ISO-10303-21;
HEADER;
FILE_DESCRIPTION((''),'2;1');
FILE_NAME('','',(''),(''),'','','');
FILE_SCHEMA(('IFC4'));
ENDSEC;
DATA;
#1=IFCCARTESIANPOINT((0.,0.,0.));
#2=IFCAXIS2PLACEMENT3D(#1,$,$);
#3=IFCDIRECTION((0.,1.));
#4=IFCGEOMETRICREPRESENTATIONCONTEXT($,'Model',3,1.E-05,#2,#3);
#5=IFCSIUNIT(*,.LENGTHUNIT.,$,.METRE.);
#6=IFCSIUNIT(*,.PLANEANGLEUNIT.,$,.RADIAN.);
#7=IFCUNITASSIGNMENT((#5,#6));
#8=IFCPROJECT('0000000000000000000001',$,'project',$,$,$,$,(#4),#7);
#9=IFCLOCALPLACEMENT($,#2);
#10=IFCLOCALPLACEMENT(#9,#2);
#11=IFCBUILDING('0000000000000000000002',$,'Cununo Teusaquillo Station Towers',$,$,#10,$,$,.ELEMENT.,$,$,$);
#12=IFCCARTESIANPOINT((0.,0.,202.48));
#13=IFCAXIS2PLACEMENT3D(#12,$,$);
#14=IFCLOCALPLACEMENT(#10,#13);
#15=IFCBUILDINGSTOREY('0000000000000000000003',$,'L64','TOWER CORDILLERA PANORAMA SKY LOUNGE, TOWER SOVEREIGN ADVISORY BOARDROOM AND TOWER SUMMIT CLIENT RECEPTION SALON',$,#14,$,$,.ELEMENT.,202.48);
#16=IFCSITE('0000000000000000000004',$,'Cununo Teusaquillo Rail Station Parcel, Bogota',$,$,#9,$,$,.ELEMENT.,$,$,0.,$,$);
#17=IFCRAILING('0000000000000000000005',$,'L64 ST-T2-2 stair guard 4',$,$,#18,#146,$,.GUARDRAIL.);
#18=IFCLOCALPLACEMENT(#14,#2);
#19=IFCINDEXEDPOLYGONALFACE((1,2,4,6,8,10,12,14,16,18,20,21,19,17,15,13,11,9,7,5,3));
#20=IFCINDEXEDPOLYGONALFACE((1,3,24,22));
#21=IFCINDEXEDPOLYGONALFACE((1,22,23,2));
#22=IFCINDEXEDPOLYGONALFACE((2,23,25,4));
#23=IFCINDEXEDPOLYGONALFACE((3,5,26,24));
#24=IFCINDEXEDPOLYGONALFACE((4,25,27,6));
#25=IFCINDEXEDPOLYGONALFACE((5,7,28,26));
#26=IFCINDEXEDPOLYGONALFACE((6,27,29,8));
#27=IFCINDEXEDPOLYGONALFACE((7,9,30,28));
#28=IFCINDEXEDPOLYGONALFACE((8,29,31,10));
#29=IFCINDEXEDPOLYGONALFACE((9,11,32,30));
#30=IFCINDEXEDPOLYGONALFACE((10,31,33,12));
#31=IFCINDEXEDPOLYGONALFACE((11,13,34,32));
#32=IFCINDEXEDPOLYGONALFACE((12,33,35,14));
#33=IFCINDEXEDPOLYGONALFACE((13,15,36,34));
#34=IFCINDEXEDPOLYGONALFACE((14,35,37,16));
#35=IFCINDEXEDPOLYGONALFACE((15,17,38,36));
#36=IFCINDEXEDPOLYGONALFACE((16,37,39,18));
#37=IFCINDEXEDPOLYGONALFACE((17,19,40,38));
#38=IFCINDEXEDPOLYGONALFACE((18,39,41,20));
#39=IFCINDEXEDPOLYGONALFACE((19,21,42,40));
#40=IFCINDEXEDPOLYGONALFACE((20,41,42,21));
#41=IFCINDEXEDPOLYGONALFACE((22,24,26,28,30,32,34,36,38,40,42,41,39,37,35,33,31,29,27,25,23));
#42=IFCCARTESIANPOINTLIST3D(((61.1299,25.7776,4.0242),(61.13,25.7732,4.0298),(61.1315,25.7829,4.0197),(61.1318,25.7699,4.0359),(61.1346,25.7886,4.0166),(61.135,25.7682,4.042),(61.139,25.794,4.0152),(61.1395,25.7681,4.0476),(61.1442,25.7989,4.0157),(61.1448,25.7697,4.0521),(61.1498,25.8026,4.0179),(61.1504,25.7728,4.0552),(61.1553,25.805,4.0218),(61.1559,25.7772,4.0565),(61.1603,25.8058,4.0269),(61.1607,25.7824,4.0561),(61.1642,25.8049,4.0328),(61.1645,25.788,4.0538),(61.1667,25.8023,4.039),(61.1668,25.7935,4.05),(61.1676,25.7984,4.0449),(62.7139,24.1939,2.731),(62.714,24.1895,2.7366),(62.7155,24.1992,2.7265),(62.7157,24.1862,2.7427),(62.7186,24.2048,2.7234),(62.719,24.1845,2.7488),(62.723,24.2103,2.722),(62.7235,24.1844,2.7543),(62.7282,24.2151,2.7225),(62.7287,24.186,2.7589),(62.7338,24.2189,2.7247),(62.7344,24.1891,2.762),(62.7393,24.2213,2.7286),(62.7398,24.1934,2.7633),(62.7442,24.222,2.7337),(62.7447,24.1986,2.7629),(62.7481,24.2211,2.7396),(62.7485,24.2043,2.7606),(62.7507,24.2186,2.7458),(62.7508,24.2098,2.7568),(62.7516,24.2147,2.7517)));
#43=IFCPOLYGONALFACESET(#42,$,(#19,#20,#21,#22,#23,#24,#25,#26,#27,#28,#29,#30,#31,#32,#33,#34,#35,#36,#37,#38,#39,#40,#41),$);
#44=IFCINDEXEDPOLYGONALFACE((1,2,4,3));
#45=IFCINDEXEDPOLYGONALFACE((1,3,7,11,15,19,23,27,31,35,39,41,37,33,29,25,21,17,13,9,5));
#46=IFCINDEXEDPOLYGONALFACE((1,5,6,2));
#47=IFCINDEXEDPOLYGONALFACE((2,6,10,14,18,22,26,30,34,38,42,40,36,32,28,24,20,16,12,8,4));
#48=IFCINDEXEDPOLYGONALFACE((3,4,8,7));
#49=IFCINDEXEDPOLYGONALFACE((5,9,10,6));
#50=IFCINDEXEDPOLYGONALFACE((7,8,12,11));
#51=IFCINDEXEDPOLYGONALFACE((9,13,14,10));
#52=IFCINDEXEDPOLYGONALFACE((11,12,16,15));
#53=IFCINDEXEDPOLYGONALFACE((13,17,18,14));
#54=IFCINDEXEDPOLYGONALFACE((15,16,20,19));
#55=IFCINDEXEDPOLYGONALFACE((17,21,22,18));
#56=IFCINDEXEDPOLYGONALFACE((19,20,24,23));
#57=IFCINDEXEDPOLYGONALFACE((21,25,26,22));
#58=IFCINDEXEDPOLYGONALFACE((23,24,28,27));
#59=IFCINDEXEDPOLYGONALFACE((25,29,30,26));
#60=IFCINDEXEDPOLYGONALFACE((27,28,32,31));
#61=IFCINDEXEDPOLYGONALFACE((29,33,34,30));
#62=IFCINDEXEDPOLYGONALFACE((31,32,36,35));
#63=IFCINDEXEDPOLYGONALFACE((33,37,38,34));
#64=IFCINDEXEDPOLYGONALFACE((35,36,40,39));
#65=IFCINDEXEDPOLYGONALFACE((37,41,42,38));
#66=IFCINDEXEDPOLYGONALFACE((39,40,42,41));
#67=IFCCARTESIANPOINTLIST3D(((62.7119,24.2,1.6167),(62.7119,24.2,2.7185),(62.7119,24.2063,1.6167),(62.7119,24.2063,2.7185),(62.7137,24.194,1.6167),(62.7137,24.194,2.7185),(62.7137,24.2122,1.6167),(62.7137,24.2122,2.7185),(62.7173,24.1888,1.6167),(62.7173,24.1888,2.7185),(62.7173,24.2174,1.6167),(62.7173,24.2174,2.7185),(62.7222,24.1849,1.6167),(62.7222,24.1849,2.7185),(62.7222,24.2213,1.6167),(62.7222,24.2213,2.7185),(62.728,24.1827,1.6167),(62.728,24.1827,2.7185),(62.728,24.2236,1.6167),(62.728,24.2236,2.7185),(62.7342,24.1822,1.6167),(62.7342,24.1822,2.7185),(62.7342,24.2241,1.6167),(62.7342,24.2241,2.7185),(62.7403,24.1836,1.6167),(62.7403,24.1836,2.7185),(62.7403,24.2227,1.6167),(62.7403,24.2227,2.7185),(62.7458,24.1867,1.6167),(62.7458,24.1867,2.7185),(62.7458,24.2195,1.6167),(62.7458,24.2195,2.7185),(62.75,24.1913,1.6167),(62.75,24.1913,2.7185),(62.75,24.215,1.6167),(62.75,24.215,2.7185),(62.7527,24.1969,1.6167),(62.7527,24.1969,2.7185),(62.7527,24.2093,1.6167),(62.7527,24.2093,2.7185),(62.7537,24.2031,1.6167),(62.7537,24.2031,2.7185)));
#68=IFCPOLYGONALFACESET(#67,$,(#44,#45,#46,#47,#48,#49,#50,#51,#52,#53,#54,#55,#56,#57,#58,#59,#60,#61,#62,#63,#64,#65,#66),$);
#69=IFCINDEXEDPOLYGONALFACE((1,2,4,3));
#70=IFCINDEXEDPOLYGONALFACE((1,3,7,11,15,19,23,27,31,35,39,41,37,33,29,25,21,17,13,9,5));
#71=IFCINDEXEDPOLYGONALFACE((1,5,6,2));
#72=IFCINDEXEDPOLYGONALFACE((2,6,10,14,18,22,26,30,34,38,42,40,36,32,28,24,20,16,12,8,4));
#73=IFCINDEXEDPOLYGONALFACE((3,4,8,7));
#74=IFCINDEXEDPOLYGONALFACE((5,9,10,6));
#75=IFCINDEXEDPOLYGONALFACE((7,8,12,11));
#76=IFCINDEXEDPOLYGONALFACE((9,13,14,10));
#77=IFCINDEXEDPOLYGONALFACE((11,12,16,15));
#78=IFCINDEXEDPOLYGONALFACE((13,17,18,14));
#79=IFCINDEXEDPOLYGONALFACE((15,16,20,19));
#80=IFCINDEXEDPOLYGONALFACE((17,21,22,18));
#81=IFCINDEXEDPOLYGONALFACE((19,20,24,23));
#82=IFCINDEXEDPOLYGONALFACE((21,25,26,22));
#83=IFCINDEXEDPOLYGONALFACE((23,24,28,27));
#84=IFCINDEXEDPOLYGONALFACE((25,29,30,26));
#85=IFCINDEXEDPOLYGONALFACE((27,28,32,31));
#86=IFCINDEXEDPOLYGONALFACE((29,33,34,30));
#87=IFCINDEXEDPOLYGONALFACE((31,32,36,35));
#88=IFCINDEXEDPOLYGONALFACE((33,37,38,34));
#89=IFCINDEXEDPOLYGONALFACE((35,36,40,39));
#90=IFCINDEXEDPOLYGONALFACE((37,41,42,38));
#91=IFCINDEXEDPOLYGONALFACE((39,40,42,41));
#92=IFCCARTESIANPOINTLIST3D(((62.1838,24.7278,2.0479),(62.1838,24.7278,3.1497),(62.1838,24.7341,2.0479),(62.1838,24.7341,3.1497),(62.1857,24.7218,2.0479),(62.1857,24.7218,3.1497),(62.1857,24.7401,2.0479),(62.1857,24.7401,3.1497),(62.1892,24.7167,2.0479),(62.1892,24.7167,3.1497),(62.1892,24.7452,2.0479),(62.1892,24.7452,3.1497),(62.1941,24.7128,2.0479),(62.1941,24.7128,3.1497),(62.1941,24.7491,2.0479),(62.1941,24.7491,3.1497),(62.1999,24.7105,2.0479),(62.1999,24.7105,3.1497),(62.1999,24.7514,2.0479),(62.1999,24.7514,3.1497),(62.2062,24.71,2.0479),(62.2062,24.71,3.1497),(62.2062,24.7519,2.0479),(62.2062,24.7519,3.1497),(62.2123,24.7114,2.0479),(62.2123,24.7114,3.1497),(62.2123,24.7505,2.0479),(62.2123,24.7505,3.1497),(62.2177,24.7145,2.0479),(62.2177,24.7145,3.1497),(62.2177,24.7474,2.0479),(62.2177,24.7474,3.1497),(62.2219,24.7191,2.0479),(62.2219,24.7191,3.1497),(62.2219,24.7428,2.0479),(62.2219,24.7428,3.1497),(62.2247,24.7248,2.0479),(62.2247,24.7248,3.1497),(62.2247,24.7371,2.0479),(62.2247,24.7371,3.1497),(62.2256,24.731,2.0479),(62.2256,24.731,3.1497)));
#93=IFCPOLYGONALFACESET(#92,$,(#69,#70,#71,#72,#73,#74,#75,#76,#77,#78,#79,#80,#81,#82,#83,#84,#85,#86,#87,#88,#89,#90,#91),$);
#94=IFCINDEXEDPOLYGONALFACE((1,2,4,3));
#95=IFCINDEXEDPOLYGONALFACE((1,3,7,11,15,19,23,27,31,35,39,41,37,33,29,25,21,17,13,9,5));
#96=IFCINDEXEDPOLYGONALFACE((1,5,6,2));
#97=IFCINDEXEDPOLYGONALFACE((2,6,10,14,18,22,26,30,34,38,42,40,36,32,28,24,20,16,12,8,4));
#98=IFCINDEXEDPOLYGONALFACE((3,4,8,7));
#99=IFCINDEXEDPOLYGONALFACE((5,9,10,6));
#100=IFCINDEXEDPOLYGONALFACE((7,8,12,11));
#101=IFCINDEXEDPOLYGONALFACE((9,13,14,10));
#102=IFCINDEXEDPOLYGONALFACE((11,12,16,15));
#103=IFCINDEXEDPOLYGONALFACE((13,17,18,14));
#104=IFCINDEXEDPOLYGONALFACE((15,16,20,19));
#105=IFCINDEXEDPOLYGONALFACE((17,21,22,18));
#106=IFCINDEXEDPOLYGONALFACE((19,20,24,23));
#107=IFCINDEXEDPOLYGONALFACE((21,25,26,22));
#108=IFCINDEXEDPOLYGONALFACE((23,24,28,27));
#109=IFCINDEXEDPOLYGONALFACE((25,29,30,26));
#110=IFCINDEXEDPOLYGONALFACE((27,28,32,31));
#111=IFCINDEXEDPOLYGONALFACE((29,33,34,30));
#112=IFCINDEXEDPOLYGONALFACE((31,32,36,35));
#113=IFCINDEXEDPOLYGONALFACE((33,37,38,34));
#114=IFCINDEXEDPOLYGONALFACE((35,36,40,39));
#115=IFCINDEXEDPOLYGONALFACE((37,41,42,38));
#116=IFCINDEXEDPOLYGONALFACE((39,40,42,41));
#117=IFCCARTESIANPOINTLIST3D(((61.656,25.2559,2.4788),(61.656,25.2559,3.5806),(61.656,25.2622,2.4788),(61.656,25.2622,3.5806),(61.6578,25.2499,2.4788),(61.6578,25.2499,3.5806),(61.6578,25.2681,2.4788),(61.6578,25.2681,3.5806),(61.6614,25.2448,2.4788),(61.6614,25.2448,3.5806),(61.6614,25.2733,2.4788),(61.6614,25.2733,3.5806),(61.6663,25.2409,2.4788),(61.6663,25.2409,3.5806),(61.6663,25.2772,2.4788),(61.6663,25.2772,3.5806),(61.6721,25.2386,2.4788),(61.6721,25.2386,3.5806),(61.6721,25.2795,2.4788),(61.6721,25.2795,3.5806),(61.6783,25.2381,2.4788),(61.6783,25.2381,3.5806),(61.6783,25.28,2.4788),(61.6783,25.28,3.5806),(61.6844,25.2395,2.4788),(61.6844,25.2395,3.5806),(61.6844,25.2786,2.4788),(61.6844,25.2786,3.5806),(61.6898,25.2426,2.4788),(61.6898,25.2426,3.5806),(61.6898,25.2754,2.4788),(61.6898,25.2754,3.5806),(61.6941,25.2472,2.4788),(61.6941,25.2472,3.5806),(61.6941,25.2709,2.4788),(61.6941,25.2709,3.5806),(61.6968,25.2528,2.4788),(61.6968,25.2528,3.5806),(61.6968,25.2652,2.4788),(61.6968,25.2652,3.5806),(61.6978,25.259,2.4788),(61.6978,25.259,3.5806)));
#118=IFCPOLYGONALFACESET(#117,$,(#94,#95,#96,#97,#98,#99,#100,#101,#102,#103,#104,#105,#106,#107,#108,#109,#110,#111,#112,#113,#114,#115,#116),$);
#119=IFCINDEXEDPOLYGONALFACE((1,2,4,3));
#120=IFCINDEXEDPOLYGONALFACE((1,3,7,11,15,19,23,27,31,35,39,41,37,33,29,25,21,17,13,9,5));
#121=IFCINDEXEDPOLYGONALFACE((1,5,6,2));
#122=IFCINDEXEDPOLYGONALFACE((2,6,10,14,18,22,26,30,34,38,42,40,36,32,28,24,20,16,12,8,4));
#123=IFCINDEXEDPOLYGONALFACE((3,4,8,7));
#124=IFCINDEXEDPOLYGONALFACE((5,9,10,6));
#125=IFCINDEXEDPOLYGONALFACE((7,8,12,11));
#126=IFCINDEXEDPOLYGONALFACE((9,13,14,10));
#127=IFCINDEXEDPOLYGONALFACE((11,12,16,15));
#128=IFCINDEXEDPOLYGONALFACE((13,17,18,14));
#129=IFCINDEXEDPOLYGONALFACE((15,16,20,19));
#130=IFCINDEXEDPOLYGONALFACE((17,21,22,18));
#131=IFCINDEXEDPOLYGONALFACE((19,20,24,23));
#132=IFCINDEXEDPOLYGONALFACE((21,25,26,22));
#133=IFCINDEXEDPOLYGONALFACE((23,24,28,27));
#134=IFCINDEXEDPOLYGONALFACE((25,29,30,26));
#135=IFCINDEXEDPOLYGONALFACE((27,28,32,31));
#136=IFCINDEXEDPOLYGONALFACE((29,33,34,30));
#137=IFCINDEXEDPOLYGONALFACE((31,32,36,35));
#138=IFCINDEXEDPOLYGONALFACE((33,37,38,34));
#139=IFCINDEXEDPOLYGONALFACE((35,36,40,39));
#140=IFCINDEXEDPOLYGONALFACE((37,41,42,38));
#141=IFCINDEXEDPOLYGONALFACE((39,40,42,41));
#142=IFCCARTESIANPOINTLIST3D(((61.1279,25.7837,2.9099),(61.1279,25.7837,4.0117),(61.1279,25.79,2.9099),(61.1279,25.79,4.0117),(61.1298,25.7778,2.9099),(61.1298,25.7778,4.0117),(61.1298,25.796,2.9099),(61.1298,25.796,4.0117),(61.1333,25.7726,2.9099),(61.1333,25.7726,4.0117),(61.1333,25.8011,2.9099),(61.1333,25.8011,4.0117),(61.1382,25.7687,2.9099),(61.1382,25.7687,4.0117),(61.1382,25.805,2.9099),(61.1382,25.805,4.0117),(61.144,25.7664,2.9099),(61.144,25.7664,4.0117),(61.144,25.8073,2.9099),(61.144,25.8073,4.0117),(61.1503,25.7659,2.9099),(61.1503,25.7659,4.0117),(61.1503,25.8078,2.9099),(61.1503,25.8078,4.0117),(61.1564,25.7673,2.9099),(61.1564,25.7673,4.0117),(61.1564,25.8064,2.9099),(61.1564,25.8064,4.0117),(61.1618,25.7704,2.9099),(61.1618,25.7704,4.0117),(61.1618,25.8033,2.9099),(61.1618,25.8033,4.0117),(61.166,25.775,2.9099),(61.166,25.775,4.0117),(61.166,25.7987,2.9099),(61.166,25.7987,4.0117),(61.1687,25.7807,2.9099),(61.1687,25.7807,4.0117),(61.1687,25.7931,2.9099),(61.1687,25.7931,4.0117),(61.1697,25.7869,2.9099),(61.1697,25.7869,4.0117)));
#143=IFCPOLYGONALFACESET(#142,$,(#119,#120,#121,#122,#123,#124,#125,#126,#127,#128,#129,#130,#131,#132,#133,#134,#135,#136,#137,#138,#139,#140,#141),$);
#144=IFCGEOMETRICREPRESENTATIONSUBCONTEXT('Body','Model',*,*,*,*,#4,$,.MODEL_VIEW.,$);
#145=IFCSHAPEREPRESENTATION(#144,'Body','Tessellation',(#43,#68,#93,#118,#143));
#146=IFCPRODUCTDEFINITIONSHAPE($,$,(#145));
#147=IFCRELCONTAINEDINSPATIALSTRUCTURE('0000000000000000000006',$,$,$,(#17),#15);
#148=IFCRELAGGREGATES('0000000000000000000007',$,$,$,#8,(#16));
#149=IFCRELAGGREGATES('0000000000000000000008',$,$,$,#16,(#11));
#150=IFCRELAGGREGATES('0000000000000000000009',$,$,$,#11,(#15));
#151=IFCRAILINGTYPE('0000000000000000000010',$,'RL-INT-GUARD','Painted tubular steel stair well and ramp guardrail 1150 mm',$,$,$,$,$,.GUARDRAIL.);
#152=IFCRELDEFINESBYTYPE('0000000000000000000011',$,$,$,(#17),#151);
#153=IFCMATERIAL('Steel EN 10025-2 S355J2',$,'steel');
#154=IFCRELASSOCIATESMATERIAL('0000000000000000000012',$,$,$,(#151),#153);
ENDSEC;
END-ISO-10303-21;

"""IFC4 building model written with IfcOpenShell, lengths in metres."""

from ifc_helpers import new_model, si_unit, direction, frame, origin, origin_2d, place, context, subcontext, project, spatial, circle, extrude, material, type_object, element, save


model = new_model("IFC4")

# Units and contexts
model_context = context("Model", 3, precision=1e-05, world=origin(), true_north=direction((0.0, 1.0)))
body_context = subcontext(model_context, "Body", "Model", "MODEL_VIEW")
ifc_project = project(units=[si_unit("LENGTHUNIT", "METRE"), si_unit("PLANEANGLEUNIT", "RADIAN")], contexts=[model_context])

# Site, building, storey
site_placement = place(None, origin())
site = spatial("IfcSite", under=ifc_project, at=site_placement, Name="Cununo Teusaquillo Rail Station Parcel, Bogota", CompositionType="ELEMENT", RefElevation=0.0)
building_placement = place(site_placement, origin())
building = spatial("IfcBuilding", under=site, at=building_placement, Name="Cununo Teusaquillo Station Towers", CompositionType="ELEMENT")
storey_placement = place(building_placement, frame((0.0, 0.0, 202.48)))
storey = spatial("IfcBuildingStorey", under=building, at=storey_placement, Name="L64", Description="TOWER CORDILLERA PANORAMA SKY LOUNGE, TOWER SOVEREIGN ADVISORY BOARDROOM AND TOWER SUMMIT CLIENT RECEPTION SALON", CompositionType="ELEMENT", Elevation=202.48)

# Railing
ifc_material_1 = material(Name="Steel EN 10025-2 S355J2", Category="steel")
railing_type_1 = type_object("IfcRailingType", Name="RL-INT-GUARD", Description="Painted tubular steel stair well and ramp guardrail 1150 mm", PredefinedType="GUARDRAIL", material=ifc_material_1)
railing_1_placement = place(storey_placement, frame((62.7327, 24.2031, 1.6167)))
element("IfcRailing", 1, at=railing_1_placement, inside=storey, type_object=railing_type_1, Name="L64 ST-T2-2 stair guard 4", PredefinedType="GUARDRAIL", context=body_context, shape_type="SweptSolid", body=[
    extrude(circle(Radius=0.0239, at=origin_2d()), frame((0.0, 0.0, 1.126), z_axis=(-0.61242, 0.612326, 0.499998), x_axis=(-0.707052, -0.707161, 0.0)), (0.0, 0.0, 1.0), 2.5864),
    extrude(circle(Radius=0.021, at=origin_2d()), origin(), (0.0, 0.0, 1.0), 1.1018),
    extrude(circle(Radius=0.021, at=origin_2d()), frame((-0.5281, 0.5278, 0.4312)), (0.0, 0.0, 1.0), 1.1018),
    extrude(circle(Radius=0.021, at=origin_2d()), frame((-1.0559, 1.0559, 0.8621)), (0.0, 0.0, 1.0), 1.1018),
    extrude(circle(Radius=0.021, at=origin_2d()), frame((-1.584, 1.5837, 1.2932)), (0.0, 0.0, 1.0), 1.1018),
])

save(model, "model.ifc")
